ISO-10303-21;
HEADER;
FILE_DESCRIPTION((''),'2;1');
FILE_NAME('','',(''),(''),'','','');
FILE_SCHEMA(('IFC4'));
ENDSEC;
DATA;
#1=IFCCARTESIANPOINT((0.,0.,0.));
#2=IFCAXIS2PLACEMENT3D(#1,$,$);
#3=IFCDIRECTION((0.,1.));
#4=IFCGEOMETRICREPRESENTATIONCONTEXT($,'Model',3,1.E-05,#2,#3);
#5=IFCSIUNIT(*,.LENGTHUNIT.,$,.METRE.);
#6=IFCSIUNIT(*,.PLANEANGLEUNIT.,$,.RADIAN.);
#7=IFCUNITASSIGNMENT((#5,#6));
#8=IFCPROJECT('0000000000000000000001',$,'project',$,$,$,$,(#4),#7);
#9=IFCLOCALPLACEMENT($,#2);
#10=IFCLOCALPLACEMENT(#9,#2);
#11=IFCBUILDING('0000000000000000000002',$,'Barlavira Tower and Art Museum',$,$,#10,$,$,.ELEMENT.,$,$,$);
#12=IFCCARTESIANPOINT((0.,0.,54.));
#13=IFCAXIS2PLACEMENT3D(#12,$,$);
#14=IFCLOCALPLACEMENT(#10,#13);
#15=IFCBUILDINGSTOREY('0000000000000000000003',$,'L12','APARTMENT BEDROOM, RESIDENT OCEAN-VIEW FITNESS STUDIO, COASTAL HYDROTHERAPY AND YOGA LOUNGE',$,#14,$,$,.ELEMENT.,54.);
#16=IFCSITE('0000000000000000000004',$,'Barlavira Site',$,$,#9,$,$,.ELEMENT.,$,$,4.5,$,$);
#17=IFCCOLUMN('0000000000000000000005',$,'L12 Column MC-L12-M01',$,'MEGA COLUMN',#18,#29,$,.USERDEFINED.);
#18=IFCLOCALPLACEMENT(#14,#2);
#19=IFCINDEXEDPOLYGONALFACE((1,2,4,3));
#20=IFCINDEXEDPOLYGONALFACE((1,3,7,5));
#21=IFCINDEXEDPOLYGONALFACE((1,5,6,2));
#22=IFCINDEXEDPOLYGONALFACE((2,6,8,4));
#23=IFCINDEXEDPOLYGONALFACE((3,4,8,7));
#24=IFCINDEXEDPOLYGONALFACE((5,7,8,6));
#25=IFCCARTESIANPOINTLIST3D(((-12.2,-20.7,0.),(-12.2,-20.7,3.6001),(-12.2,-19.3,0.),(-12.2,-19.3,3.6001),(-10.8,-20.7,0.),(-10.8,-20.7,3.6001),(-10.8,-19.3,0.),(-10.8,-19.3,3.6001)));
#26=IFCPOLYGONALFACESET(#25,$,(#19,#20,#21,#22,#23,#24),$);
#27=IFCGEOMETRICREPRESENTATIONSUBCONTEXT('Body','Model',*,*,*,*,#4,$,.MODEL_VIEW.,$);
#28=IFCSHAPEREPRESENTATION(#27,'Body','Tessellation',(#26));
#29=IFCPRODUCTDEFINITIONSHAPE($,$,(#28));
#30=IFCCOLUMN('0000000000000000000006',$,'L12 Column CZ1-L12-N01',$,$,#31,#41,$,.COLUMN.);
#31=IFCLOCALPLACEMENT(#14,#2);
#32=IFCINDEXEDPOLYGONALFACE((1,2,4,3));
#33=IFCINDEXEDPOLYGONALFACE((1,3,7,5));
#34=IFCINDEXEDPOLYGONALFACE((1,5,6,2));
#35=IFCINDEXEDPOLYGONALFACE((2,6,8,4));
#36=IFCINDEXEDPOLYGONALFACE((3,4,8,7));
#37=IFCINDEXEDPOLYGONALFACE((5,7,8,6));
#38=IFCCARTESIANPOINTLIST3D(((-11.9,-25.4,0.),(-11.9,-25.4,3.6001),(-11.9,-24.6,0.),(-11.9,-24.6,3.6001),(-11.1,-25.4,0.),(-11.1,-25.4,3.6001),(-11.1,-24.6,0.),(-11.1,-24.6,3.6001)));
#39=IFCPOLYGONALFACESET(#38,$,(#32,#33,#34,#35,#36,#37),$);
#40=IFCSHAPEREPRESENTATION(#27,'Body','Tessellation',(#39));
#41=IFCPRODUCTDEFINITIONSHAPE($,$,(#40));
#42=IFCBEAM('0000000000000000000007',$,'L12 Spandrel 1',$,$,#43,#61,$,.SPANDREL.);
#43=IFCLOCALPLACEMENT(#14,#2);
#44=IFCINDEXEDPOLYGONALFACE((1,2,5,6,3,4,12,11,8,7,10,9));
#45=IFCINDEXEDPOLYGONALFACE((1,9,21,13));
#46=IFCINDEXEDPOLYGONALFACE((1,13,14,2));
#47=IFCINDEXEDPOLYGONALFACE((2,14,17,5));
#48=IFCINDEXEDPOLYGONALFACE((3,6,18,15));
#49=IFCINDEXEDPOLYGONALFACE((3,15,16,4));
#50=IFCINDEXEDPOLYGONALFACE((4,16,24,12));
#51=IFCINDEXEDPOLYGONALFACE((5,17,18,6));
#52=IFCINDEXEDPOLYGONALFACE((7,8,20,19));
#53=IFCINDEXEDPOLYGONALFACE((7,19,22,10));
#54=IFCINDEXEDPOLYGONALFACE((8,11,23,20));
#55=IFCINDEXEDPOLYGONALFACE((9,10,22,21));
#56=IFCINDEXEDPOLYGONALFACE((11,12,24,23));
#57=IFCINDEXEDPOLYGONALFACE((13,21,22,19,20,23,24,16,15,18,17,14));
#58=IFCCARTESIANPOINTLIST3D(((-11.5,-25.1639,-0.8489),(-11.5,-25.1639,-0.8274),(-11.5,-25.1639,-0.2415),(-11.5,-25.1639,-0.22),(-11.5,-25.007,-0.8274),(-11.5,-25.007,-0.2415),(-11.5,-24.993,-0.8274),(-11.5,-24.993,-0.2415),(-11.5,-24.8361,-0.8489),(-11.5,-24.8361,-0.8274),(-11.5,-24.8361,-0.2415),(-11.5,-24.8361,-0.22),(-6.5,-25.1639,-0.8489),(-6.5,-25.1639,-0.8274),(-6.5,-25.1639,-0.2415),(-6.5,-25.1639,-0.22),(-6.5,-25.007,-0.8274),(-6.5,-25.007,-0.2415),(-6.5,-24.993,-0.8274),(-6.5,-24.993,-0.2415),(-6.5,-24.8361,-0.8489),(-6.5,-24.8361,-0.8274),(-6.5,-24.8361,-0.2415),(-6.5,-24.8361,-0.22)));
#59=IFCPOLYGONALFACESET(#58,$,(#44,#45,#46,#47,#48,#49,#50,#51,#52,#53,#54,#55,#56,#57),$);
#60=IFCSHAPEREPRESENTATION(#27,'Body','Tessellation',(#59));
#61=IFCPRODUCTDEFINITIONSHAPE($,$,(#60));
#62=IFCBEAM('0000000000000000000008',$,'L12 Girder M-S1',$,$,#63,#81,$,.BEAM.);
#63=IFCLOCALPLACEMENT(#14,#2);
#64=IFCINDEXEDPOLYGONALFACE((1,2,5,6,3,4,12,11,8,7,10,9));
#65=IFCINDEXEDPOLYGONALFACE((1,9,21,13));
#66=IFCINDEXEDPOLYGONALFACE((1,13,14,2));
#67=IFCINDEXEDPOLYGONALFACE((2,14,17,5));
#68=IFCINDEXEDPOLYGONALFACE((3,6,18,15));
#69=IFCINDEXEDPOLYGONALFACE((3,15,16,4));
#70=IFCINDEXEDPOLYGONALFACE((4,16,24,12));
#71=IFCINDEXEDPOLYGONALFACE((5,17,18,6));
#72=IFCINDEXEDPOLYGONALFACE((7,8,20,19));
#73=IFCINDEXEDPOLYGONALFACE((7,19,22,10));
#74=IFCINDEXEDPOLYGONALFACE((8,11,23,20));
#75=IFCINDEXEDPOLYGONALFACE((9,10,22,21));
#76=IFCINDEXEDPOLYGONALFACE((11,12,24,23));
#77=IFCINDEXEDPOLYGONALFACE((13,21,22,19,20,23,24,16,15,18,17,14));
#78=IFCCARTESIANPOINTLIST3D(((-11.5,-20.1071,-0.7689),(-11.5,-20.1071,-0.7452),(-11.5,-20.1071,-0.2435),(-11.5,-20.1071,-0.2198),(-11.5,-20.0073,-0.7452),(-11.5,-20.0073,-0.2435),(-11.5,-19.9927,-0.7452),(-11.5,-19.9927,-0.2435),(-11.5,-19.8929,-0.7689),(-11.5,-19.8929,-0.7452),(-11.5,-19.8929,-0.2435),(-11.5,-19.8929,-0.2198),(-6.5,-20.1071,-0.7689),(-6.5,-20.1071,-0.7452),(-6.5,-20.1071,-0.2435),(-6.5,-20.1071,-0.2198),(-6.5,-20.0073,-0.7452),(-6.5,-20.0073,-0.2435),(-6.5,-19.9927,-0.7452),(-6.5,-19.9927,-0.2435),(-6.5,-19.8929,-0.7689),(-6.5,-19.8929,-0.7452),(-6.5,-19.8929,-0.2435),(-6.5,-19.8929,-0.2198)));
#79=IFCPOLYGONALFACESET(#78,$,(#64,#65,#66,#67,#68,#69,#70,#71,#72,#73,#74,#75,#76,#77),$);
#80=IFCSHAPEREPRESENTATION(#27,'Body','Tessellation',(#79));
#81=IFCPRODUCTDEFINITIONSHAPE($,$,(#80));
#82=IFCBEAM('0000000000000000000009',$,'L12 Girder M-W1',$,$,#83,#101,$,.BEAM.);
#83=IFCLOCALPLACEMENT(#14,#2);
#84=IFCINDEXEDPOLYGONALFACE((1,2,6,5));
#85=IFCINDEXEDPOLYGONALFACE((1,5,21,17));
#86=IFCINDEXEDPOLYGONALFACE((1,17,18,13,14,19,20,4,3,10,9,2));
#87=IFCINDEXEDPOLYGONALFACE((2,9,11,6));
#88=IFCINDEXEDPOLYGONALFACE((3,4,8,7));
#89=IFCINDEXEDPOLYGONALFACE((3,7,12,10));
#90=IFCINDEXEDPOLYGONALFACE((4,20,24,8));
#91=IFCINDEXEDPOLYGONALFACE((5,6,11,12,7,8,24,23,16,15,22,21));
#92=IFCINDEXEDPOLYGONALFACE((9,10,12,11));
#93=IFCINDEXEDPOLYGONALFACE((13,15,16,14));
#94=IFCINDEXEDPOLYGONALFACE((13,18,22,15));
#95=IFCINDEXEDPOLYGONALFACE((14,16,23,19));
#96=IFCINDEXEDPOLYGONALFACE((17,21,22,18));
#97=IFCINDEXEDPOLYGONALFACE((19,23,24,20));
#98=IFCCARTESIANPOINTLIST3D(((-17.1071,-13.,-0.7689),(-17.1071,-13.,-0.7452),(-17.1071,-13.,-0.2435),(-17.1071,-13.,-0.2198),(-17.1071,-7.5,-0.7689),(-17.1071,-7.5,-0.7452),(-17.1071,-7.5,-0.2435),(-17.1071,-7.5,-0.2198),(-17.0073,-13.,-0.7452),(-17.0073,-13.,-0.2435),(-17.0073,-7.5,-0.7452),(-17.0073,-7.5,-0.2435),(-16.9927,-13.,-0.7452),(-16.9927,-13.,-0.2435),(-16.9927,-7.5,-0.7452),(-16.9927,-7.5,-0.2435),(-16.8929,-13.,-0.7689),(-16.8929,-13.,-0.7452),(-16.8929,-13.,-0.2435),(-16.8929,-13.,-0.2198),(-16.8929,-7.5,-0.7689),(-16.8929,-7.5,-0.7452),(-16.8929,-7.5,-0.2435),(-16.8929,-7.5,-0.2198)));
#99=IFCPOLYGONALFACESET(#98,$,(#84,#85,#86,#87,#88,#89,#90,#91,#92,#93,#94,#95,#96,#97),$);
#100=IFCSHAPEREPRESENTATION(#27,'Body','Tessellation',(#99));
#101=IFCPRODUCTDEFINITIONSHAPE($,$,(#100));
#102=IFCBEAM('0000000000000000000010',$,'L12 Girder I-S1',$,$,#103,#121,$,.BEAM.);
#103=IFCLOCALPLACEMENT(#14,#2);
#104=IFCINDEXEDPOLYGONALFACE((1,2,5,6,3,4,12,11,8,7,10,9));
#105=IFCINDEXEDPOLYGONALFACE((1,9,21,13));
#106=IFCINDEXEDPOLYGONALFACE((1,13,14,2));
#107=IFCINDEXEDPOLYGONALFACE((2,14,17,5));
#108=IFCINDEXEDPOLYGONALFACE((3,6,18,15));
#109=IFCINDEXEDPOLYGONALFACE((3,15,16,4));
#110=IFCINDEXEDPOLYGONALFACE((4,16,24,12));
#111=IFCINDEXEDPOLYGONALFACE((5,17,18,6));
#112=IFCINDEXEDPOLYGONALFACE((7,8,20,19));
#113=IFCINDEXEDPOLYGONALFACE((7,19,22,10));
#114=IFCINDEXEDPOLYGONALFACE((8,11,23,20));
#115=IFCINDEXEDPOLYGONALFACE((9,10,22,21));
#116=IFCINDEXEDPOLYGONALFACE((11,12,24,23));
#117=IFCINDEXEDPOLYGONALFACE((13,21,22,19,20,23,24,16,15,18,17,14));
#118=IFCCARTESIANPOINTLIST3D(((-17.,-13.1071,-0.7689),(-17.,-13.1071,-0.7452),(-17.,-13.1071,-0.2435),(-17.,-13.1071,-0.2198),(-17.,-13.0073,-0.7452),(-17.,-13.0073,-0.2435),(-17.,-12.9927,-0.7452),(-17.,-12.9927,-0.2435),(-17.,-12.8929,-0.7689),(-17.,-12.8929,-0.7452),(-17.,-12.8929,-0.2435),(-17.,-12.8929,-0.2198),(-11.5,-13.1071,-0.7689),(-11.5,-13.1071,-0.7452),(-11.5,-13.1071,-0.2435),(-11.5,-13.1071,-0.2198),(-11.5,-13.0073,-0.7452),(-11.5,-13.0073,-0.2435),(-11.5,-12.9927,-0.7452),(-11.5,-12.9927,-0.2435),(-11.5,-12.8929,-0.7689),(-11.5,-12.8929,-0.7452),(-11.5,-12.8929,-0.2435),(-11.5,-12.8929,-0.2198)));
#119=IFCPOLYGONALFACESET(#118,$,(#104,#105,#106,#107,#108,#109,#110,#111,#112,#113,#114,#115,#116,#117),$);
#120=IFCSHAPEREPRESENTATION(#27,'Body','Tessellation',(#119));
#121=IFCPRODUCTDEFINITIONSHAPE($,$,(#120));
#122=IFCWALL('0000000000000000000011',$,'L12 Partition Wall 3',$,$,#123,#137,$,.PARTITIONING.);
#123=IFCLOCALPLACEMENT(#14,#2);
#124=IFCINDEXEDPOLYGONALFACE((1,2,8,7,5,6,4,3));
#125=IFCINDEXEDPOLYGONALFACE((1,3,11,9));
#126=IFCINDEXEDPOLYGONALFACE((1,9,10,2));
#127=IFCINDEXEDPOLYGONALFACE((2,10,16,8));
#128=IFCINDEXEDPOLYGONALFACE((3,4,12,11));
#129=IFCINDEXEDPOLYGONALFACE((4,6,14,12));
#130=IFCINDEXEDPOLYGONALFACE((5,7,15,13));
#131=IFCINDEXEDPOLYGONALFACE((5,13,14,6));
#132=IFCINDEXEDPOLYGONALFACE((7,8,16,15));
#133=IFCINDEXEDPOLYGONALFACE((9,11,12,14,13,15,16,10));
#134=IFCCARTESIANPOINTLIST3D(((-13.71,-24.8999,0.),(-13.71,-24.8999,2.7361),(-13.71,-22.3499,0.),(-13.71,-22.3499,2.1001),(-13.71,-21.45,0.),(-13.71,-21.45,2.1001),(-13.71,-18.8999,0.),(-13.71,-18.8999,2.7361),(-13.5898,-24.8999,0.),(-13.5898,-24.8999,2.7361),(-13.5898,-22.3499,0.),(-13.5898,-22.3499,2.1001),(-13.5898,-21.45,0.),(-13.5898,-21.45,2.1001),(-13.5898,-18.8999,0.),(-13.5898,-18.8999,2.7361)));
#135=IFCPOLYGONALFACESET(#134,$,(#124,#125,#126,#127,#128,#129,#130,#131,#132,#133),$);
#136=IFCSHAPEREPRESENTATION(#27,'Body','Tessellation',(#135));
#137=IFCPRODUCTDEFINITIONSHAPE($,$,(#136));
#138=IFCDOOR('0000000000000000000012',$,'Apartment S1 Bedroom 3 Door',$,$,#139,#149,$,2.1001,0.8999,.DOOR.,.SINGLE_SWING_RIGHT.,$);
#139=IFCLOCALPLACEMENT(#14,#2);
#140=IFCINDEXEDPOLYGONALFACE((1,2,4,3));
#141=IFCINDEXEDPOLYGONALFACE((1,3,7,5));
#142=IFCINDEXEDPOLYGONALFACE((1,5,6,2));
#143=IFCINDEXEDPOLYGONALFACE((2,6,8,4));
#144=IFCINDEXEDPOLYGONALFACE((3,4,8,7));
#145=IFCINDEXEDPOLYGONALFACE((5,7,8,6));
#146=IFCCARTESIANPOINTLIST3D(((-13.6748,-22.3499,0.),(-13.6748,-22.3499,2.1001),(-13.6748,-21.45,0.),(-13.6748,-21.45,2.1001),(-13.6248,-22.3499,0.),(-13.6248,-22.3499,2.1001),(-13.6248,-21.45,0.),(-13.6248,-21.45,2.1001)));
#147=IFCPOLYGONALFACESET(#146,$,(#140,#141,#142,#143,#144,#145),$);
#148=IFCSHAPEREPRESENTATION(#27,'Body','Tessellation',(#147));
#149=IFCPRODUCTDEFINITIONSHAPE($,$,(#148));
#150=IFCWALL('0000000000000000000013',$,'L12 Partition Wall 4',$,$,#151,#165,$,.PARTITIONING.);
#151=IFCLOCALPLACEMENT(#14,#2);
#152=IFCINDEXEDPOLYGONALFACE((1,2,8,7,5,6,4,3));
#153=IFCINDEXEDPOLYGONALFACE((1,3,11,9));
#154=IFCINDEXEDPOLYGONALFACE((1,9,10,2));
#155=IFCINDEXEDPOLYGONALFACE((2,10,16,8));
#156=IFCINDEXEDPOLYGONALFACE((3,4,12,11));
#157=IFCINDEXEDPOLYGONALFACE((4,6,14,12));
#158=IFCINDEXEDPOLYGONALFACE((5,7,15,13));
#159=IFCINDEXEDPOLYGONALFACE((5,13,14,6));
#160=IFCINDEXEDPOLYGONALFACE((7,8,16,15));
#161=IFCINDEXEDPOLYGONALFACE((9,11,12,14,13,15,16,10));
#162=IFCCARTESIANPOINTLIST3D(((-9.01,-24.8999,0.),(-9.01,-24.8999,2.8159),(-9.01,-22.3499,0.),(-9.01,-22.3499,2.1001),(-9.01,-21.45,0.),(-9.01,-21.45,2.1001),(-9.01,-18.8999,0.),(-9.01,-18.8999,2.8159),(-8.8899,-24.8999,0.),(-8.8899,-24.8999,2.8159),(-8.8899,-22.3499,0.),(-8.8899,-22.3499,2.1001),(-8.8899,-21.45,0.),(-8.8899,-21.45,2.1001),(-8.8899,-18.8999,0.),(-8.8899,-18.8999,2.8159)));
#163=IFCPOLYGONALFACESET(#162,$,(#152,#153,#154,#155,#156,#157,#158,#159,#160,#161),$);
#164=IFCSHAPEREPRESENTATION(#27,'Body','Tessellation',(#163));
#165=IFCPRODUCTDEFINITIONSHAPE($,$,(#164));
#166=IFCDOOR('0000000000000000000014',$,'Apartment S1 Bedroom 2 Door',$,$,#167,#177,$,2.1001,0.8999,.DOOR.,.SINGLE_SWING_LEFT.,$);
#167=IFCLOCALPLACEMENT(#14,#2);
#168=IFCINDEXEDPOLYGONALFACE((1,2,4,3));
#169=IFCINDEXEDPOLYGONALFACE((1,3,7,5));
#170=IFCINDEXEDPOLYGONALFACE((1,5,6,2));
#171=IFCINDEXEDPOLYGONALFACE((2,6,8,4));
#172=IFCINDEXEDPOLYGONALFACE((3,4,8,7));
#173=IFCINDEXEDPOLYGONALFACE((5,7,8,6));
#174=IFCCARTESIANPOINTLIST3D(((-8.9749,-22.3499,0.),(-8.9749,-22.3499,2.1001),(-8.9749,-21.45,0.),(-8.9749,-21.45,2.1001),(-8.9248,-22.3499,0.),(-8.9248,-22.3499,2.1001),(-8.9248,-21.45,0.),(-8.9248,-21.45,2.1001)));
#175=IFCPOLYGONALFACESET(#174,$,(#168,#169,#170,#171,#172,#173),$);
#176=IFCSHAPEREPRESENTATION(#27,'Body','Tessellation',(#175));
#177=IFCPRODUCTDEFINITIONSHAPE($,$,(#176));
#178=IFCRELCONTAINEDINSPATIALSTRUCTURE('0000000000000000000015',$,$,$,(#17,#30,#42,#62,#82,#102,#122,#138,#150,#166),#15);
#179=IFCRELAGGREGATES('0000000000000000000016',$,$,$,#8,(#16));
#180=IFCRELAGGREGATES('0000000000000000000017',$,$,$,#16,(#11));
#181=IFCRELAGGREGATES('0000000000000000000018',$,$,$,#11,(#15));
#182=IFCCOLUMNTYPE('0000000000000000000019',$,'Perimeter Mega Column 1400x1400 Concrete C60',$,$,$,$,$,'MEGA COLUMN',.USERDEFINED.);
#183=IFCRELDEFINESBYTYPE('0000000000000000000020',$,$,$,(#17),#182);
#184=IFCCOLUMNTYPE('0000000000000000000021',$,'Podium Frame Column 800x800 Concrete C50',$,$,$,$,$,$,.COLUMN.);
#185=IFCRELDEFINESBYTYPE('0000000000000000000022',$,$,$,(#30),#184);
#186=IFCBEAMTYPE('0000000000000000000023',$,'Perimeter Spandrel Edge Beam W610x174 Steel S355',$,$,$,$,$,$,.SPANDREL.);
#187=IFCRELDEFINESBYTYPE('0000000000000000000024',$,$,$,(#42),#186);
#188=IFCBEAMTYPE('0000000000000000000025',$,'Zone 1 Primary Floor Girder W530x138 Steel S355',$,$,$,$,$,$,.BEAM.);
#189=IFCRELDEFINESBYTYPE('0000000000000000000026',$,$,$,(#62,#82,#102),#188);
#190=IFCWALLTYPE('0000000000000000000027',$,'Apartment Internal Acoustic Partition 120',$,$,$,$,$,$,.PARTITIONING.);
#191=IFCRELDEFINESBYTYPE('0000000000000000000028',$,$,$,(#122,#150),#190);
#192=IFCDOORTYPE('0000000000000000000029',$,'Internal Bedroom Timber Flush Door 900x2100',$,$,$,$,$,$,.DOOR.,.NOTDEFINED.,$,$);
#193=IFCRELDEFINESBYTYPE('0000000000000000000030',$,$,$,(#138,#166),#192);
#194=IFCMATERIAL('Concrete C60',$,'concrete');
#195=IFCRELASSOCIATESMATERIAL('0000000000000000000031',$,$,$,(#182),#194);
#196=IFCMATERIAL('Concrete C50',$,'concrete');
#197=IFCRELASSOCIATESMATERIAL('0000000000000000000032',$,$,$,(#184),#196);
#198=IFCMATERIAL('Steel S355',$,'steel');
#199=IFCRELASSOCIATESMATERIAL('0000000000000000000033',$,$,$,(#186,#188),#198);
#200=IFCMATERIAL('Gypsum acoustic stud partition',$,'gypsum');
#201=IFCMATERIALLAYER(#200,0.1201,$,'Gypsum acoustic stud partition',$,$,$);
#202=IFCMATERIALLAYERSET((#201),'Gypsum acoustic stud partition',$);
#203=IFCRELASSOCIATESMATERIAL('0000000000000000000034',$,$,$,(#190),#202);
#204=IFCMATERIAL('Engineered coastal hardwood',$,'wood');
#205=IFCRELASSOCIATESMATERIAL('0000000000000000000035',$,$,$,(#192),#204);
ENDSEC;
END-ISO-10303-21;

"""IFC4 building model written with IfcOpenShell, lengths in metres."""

from ifc_helpers import new_model, si_unit, direction, frame, frame_2d, origin, origin_2d, place, context, subcontext, project, spatial, rectangle, i_section, extrude, material, layer, layer_set, material_profile, profile_set, type_object, element, fill, save


model = new_model("IFC4")

# Units and contexts
model_context = context("Model", 3, precision=1e-05, world=origin(), true_north=direction((0.0, 1.0)))
body_context = subcontext(model_context, "Body", "Model", "MODEL_VIEW")
ifc_project = project(units=[si_unit("LENGTHUNIT", "METRE"), si_unit("PLANEANGLEUNIT", "RADIAN")], contexts=[model_context])

# Site, building, storey
site_placement = place(None, origin())
site = spatial("IfcSite", under=ifc_project, at=site_placement, Name="Barlavira Site", CompositionType="ELEMENT", RefElevation=4.5)
building_placement = place(site_placement, origin())
building = spatial("IfcBuilding", under=site, at=building_placement, Name="Barlavira Tower and Art Museum", CompositionType="ELEMENT")
storey_placement = place(building_placement, frame((0.0, 0.0, 54.0)))
storey = spatial("IfcBuildingStorey", under=building, at=storey_placement, Name="L12", Description="APARTMENT BEDROOM, RESIDENT OCEAN-VIEW FITNESS STUDIO, COASTAL HYDROTHERAPY AND YOGA LOUNGE", CompositionType="ELEMENT", Elevation=54.0)

# Columns
ifc_material_1 = material(Name="Concrete C60", Category="concrete")
ifc_material_profile_1 = material_profile(ifc_material_1, rectangle(XDim=1.3999, YDim=1.3999, at=origin_2d()), Name="RC-MCOL 1400x1400")
ifc_profile_set_1 = profile_set([ifc_material_profile_1], Name="Concrete C60")
column_type_1 = type_object("IfcColumnType", Name="Perimeter Mega Column 1400x1400 Concrete C60", ElementType="MEGA COLUMN", PredefinedType="USERDEFINED", material=ifc_profile_set_1)
column_1_placement = place(storey_placement, frame((-11.5, -20.0, 0.0), z_axis=(0.0, 0.0, 1.0), x_axis=(1.0, 0.0, 0.0)))
element("IfcColumn", 1, at=column_1_placement, inside=storey, type_object=column_type_1, Name="L12 Column MC-L12-M01", ObjectType="MEGA COLUMN", PredefinedType="USERDEFINED", context=body_context, shape_type="SweptSolid", body=[
    extrude(rectangle(XDim=1.3999, YDim=1.3999, at=origin_2d()), origin(), (0.0, 0.0, 1.0), 3.6001),
])
ifc_material_2 = material(Name="Concrete C50", Category="concrete")
ifc_material_profile_2 = material_profile(ifc_material_2, rectangle(XDim=0.8, YDim=0.8, at=origin_2d()), Name="RC-COL 800x800")
ifc_profile_set_2 = profile_set([ifc_material_profile_2], Name="Concrete C50")
column_type_2 = type_object("IfcColumnType", Name="Podium Frame Column 800x800 Concrete C50", PredefinedType="COLUMN", material=ifc_profile_set_2)
column_2_placement = place(storey_placement, frame((-11.5, -25.0, 0.0), z_axis=(0.0, 0.0, 1.0), x_axis=(1.0, 0.0, 0.0)))
element("IfcColumn", 2, at=column_2_placement, inside=storey, type_object=column_type_2, Name="L12 Column CZ1-L12-N01", PredefinedType="COLUMN", context=body_context, shape_type="SweptSolid", body=[
    extrude(rectangle(XDim=0.8, YDim=0.8, at=origin_2d()), origin(), (0.0, 0.0, 1.0), 3.6001),
])

# Beams
ifc_material_3 = material(Name="Steel S355", Category="steel")
ifc_material_profile_3 = material_profile(ifc_material_3, i_section(OverallWidth=0.3279, OverallDepth=0.6289, WebThickness=0.0139, FlangeThickness=0.0215, at=origin_2d()), Name="W610x174.0")
ifc_profile_set_3 = profile_set([ifc_material_profile_3], Name="Steel S355")
beam_type_1 = type_object("IfcBeamType", Name="Perimeter Spandrel Edge Beam W610x174 Steel S355", PredefinedType="SPANDREL", material=ifc_profile_set_3)
beam_1_placement = place(storey_placement, frame((-11.5, -25.0, -0.5344), z_axis=(1.0, 0.0, 0.0), x_axis=(0.0, 1.0, 0.0)))
element("IfcBeam", 3, at=beam_1_placement, inside=storey, type_object=beam_type_1, Name="L12 Spandrel 1", PredefinedType="SPANDREL", context=body_context, shape_type="SweptSolid", body=[
    extrude(i_section(OverallWidth=0.3279, OverallDepth=0.6289, WebThickness=0.0139, FlangeThickness=0.0215, at=origin_2d()), origin(), (0.0, 0.0, 1.0), 5.0),
])
ifc_material_profile_4 = material_profile(ifc_material_3, i_section(OverallWidth=0.2141, OverallDepth=0.5491, WebThickness=0.0146, FlangeThickness=0.0237, at=origin_2d()), Name="W530x138.0")
ifc_profile_set_4 = profile_set([ifc_material_profile_4], Name="Steel S355")
beam_type_2 = type_object("IfcBeamType", Name="Zone 1 Primary Floor Girder W530x138 Steel S355", PredefinedType="BEAM", material=ifc_profile_set_4)
beam_2_placement = place(storey_placement, frame((-11.5, -20.0, -0.4944), z_axis=(1.0, 0.0, 0.0), x_axis=(0.0, 1.0, 0.0)))
element("IfcBeam", 4, at=beam_2_placement, inside=storey, type_object=beam_type_2, Name="L12 Girder M-S1", PredefinedType="BEAM", context=body_context, shape_type="SweptSolid", body=[
    extrude(i_section(OverallWidth=0.2141, OverallDepth=0.5491, WebThickness=0.0146, FlangeThickness=0.0237, at=origin_2d()), origin(), (0.0, 0.0, 1.0), 5.0),
])
for number, where, z_axis, x_axis, name in (
    (5, (-17.0, -13.0, -0.4944), (0.0, 1.0, 0.0), (-1.0, 0.0, 0.0), "L12 Girder M-W1"),
    (6, (-17.0, -13.0, -0.4944), (1.0, 0.0, 0.0), (0.0, 1.0, 0.0), "L12 Girder I-S1"),
):
    element("IfcBeam", number, at=place(storey_placement, frame(where, z_axis=z_axis, x_axis=x_axis)), inside=storey, type_object=beam_type_2, Name=name, PredefinedType="BEAM", context=body_context, shape_type="SweptSolid", body=[
        extrude(i_section(OverallWidth=0.2141, OverallDepth=0.5491, WebThickness=0.0146, FlangeThickness=0.0237, at=origin_2d()), origin(), (0.0, 0.0, 1.0), 5.5),
    ])

# Walls, openings, doors
ifc_material_4 = material(Name="Gypsum acoustic stud partition", Category="gypsum")
ifc_layer_1 = layer(ifc_material_4, 0.1201, Name="Gypsum acoustic stud partition")
ifc_layer_set_1 = layer_set([ifc_layer_1], Name="Gypsum acoustic stud partition")
wall_type_1 = type_object("IfcWallType", Name="Apartment Internal Acoustic Partition 120", PredefinedType="PARTITIONING", material=ifc_layer_set_1)
wall_1_placement = place(storey_placement, frame((-13.6499, -24.8999, 0.0), z_axis=(0.0, 0.0, 1.0), x_axis=(0.0, 1.0, 0.0)))
wall_1 = element("IfcWall", 7, at=wall_1_placement, inside=storey, type_object=wall_type_1, Name="L12 Partition Wall 3", PredefinedType="PARTITIONING", context=body_context, shape_type="SweptSolid", body=[
    extrude(rectangle(XDim=6.0, YDim=0.1201, at=frame_2d((3.0, 0.0))), origin(), (0.0, 0.0, 1.0), 2.7361),
])
opening_1_placement = place(wall_1_placement, frame((2.55, 0.0, 0.0)))
opening_1 = element("IfcOpeningElement", 8, at=opening_1_placement, cuts=wall_1, PredefinedType="OPENING", context=body_context, shape_type="SweptSolid", body=[
    extrude(rectangle(XDim=0.8999, YDim=2.1001, at=frame_2d((0.45, 1.05))), frame((0.0, 0.0701, 0.0), z_axis=(0.0, -1.0, 0.0), x_axis=(1.0, 0.0, 0.0)), (0.0, 0.0, 1.0), 0.1401),
])
ifc_material_5 = material(Name="Engineered coastal hardwood", Category="wood")
door_type = type_object("IfcDoorType", Name="Internal Bedroom Timber Flush Door 900x2100", OperationType="NOTDEFINED", PredefinedType="DOOR", material=ifc_material_5)
door_1_placement = place(opening_1_placement, origin())
door_1 = element("IfcDoor", 9, at=door_1_placement, inside=storey, type_object=door_type, Name="Apartment S1 Bedroom 3 Door", OperationType="SINGLE_SWING_RIGHT", OverallHeight=2.1001, OverallWidth=0.8999, PredefinedType="DOOR", context=body_context, shape_type="SweptSolid", body=[
    extrude(rectangle(XDim=0.8999, YDim=2.1001, at=frame_2d((0.45, 1.05))), frame((0.0, 0.0249, 0.0), z_axis=(0.0, -1.0, 0.0), x_axis=(1.0, 0.0, 0.0)), (0.0, 0.0, 1.0), 0.05),
])
fill(opening_1, door_1)
wall_2_placement = place(storey_placement, frame((-8.95, -24.8999, 0.0), z_axis=(0.0, 0.0, 1.0), x_axis=(0.0, 1.0, 0.0)))
wall_2 = element("IfcWall", 10, at=wall_2_placement, inside=storey, type_object=wall_type_1, Name="L12 Partition Wall 4", PredefinedType="PARTITIONING", context=body_context, shape_type="SweptSolid", body=[
    extrude(rectangle(XDim=6.0, YDim=0.1201, at=frame_2d((3.0, 0.0))), origin(), (0.0, 0.0, 1.0), 2.8159),
])
opening_2_placement = place(wall_2_placement, frame((2.55, 0.0, 0.0)))
opening_2 = element("IfcOpeningElement", 11, at=opening_2_placement, cuts=wall_2, PredefinedType="OPENING", context=body_context, shape_type="SweptSolid", body=[
    extrude(rectangle(XDim=0.8999, YDim=2.1001, at=frame_2d((0.45, 1.05))), frame((0.0, 0.0701, 0.0), z_axis=(0.0, -1.0, 0.0), x_axis=(1.0, 0.0, 0.0)), (0.0, 0.0, 1.0), 0.1401),
])
door_2_placement = place(opening_2_placement, origin())
door_2 = element("IfcDoor", 12, at=door_2_placement, inside=storey, type_object=door_type, Name="Apartment S1 Bedroom 2 Door", OperationType="SINGLE_SWING_LEFT", OverallHeight=2.1001, OverallWidth=0.8999, PredefinedType="DOOR", context=body_context, shape_type="SweptSolid", body=[
    extrude(rectangle(XDim=0.8999, YDim=2.1001, at=frame_2d((0.45, 1.05))), frame((0.0, 0.0249, 0.0), z_axis=(0.0, -1.0, 0.0), x_axis=(1.0, 0.0, 0.0)), (0.0, 0.0, 1.0), 0.05),
])
fill(opening_2, door_2)

save(model, "model.ifc")
